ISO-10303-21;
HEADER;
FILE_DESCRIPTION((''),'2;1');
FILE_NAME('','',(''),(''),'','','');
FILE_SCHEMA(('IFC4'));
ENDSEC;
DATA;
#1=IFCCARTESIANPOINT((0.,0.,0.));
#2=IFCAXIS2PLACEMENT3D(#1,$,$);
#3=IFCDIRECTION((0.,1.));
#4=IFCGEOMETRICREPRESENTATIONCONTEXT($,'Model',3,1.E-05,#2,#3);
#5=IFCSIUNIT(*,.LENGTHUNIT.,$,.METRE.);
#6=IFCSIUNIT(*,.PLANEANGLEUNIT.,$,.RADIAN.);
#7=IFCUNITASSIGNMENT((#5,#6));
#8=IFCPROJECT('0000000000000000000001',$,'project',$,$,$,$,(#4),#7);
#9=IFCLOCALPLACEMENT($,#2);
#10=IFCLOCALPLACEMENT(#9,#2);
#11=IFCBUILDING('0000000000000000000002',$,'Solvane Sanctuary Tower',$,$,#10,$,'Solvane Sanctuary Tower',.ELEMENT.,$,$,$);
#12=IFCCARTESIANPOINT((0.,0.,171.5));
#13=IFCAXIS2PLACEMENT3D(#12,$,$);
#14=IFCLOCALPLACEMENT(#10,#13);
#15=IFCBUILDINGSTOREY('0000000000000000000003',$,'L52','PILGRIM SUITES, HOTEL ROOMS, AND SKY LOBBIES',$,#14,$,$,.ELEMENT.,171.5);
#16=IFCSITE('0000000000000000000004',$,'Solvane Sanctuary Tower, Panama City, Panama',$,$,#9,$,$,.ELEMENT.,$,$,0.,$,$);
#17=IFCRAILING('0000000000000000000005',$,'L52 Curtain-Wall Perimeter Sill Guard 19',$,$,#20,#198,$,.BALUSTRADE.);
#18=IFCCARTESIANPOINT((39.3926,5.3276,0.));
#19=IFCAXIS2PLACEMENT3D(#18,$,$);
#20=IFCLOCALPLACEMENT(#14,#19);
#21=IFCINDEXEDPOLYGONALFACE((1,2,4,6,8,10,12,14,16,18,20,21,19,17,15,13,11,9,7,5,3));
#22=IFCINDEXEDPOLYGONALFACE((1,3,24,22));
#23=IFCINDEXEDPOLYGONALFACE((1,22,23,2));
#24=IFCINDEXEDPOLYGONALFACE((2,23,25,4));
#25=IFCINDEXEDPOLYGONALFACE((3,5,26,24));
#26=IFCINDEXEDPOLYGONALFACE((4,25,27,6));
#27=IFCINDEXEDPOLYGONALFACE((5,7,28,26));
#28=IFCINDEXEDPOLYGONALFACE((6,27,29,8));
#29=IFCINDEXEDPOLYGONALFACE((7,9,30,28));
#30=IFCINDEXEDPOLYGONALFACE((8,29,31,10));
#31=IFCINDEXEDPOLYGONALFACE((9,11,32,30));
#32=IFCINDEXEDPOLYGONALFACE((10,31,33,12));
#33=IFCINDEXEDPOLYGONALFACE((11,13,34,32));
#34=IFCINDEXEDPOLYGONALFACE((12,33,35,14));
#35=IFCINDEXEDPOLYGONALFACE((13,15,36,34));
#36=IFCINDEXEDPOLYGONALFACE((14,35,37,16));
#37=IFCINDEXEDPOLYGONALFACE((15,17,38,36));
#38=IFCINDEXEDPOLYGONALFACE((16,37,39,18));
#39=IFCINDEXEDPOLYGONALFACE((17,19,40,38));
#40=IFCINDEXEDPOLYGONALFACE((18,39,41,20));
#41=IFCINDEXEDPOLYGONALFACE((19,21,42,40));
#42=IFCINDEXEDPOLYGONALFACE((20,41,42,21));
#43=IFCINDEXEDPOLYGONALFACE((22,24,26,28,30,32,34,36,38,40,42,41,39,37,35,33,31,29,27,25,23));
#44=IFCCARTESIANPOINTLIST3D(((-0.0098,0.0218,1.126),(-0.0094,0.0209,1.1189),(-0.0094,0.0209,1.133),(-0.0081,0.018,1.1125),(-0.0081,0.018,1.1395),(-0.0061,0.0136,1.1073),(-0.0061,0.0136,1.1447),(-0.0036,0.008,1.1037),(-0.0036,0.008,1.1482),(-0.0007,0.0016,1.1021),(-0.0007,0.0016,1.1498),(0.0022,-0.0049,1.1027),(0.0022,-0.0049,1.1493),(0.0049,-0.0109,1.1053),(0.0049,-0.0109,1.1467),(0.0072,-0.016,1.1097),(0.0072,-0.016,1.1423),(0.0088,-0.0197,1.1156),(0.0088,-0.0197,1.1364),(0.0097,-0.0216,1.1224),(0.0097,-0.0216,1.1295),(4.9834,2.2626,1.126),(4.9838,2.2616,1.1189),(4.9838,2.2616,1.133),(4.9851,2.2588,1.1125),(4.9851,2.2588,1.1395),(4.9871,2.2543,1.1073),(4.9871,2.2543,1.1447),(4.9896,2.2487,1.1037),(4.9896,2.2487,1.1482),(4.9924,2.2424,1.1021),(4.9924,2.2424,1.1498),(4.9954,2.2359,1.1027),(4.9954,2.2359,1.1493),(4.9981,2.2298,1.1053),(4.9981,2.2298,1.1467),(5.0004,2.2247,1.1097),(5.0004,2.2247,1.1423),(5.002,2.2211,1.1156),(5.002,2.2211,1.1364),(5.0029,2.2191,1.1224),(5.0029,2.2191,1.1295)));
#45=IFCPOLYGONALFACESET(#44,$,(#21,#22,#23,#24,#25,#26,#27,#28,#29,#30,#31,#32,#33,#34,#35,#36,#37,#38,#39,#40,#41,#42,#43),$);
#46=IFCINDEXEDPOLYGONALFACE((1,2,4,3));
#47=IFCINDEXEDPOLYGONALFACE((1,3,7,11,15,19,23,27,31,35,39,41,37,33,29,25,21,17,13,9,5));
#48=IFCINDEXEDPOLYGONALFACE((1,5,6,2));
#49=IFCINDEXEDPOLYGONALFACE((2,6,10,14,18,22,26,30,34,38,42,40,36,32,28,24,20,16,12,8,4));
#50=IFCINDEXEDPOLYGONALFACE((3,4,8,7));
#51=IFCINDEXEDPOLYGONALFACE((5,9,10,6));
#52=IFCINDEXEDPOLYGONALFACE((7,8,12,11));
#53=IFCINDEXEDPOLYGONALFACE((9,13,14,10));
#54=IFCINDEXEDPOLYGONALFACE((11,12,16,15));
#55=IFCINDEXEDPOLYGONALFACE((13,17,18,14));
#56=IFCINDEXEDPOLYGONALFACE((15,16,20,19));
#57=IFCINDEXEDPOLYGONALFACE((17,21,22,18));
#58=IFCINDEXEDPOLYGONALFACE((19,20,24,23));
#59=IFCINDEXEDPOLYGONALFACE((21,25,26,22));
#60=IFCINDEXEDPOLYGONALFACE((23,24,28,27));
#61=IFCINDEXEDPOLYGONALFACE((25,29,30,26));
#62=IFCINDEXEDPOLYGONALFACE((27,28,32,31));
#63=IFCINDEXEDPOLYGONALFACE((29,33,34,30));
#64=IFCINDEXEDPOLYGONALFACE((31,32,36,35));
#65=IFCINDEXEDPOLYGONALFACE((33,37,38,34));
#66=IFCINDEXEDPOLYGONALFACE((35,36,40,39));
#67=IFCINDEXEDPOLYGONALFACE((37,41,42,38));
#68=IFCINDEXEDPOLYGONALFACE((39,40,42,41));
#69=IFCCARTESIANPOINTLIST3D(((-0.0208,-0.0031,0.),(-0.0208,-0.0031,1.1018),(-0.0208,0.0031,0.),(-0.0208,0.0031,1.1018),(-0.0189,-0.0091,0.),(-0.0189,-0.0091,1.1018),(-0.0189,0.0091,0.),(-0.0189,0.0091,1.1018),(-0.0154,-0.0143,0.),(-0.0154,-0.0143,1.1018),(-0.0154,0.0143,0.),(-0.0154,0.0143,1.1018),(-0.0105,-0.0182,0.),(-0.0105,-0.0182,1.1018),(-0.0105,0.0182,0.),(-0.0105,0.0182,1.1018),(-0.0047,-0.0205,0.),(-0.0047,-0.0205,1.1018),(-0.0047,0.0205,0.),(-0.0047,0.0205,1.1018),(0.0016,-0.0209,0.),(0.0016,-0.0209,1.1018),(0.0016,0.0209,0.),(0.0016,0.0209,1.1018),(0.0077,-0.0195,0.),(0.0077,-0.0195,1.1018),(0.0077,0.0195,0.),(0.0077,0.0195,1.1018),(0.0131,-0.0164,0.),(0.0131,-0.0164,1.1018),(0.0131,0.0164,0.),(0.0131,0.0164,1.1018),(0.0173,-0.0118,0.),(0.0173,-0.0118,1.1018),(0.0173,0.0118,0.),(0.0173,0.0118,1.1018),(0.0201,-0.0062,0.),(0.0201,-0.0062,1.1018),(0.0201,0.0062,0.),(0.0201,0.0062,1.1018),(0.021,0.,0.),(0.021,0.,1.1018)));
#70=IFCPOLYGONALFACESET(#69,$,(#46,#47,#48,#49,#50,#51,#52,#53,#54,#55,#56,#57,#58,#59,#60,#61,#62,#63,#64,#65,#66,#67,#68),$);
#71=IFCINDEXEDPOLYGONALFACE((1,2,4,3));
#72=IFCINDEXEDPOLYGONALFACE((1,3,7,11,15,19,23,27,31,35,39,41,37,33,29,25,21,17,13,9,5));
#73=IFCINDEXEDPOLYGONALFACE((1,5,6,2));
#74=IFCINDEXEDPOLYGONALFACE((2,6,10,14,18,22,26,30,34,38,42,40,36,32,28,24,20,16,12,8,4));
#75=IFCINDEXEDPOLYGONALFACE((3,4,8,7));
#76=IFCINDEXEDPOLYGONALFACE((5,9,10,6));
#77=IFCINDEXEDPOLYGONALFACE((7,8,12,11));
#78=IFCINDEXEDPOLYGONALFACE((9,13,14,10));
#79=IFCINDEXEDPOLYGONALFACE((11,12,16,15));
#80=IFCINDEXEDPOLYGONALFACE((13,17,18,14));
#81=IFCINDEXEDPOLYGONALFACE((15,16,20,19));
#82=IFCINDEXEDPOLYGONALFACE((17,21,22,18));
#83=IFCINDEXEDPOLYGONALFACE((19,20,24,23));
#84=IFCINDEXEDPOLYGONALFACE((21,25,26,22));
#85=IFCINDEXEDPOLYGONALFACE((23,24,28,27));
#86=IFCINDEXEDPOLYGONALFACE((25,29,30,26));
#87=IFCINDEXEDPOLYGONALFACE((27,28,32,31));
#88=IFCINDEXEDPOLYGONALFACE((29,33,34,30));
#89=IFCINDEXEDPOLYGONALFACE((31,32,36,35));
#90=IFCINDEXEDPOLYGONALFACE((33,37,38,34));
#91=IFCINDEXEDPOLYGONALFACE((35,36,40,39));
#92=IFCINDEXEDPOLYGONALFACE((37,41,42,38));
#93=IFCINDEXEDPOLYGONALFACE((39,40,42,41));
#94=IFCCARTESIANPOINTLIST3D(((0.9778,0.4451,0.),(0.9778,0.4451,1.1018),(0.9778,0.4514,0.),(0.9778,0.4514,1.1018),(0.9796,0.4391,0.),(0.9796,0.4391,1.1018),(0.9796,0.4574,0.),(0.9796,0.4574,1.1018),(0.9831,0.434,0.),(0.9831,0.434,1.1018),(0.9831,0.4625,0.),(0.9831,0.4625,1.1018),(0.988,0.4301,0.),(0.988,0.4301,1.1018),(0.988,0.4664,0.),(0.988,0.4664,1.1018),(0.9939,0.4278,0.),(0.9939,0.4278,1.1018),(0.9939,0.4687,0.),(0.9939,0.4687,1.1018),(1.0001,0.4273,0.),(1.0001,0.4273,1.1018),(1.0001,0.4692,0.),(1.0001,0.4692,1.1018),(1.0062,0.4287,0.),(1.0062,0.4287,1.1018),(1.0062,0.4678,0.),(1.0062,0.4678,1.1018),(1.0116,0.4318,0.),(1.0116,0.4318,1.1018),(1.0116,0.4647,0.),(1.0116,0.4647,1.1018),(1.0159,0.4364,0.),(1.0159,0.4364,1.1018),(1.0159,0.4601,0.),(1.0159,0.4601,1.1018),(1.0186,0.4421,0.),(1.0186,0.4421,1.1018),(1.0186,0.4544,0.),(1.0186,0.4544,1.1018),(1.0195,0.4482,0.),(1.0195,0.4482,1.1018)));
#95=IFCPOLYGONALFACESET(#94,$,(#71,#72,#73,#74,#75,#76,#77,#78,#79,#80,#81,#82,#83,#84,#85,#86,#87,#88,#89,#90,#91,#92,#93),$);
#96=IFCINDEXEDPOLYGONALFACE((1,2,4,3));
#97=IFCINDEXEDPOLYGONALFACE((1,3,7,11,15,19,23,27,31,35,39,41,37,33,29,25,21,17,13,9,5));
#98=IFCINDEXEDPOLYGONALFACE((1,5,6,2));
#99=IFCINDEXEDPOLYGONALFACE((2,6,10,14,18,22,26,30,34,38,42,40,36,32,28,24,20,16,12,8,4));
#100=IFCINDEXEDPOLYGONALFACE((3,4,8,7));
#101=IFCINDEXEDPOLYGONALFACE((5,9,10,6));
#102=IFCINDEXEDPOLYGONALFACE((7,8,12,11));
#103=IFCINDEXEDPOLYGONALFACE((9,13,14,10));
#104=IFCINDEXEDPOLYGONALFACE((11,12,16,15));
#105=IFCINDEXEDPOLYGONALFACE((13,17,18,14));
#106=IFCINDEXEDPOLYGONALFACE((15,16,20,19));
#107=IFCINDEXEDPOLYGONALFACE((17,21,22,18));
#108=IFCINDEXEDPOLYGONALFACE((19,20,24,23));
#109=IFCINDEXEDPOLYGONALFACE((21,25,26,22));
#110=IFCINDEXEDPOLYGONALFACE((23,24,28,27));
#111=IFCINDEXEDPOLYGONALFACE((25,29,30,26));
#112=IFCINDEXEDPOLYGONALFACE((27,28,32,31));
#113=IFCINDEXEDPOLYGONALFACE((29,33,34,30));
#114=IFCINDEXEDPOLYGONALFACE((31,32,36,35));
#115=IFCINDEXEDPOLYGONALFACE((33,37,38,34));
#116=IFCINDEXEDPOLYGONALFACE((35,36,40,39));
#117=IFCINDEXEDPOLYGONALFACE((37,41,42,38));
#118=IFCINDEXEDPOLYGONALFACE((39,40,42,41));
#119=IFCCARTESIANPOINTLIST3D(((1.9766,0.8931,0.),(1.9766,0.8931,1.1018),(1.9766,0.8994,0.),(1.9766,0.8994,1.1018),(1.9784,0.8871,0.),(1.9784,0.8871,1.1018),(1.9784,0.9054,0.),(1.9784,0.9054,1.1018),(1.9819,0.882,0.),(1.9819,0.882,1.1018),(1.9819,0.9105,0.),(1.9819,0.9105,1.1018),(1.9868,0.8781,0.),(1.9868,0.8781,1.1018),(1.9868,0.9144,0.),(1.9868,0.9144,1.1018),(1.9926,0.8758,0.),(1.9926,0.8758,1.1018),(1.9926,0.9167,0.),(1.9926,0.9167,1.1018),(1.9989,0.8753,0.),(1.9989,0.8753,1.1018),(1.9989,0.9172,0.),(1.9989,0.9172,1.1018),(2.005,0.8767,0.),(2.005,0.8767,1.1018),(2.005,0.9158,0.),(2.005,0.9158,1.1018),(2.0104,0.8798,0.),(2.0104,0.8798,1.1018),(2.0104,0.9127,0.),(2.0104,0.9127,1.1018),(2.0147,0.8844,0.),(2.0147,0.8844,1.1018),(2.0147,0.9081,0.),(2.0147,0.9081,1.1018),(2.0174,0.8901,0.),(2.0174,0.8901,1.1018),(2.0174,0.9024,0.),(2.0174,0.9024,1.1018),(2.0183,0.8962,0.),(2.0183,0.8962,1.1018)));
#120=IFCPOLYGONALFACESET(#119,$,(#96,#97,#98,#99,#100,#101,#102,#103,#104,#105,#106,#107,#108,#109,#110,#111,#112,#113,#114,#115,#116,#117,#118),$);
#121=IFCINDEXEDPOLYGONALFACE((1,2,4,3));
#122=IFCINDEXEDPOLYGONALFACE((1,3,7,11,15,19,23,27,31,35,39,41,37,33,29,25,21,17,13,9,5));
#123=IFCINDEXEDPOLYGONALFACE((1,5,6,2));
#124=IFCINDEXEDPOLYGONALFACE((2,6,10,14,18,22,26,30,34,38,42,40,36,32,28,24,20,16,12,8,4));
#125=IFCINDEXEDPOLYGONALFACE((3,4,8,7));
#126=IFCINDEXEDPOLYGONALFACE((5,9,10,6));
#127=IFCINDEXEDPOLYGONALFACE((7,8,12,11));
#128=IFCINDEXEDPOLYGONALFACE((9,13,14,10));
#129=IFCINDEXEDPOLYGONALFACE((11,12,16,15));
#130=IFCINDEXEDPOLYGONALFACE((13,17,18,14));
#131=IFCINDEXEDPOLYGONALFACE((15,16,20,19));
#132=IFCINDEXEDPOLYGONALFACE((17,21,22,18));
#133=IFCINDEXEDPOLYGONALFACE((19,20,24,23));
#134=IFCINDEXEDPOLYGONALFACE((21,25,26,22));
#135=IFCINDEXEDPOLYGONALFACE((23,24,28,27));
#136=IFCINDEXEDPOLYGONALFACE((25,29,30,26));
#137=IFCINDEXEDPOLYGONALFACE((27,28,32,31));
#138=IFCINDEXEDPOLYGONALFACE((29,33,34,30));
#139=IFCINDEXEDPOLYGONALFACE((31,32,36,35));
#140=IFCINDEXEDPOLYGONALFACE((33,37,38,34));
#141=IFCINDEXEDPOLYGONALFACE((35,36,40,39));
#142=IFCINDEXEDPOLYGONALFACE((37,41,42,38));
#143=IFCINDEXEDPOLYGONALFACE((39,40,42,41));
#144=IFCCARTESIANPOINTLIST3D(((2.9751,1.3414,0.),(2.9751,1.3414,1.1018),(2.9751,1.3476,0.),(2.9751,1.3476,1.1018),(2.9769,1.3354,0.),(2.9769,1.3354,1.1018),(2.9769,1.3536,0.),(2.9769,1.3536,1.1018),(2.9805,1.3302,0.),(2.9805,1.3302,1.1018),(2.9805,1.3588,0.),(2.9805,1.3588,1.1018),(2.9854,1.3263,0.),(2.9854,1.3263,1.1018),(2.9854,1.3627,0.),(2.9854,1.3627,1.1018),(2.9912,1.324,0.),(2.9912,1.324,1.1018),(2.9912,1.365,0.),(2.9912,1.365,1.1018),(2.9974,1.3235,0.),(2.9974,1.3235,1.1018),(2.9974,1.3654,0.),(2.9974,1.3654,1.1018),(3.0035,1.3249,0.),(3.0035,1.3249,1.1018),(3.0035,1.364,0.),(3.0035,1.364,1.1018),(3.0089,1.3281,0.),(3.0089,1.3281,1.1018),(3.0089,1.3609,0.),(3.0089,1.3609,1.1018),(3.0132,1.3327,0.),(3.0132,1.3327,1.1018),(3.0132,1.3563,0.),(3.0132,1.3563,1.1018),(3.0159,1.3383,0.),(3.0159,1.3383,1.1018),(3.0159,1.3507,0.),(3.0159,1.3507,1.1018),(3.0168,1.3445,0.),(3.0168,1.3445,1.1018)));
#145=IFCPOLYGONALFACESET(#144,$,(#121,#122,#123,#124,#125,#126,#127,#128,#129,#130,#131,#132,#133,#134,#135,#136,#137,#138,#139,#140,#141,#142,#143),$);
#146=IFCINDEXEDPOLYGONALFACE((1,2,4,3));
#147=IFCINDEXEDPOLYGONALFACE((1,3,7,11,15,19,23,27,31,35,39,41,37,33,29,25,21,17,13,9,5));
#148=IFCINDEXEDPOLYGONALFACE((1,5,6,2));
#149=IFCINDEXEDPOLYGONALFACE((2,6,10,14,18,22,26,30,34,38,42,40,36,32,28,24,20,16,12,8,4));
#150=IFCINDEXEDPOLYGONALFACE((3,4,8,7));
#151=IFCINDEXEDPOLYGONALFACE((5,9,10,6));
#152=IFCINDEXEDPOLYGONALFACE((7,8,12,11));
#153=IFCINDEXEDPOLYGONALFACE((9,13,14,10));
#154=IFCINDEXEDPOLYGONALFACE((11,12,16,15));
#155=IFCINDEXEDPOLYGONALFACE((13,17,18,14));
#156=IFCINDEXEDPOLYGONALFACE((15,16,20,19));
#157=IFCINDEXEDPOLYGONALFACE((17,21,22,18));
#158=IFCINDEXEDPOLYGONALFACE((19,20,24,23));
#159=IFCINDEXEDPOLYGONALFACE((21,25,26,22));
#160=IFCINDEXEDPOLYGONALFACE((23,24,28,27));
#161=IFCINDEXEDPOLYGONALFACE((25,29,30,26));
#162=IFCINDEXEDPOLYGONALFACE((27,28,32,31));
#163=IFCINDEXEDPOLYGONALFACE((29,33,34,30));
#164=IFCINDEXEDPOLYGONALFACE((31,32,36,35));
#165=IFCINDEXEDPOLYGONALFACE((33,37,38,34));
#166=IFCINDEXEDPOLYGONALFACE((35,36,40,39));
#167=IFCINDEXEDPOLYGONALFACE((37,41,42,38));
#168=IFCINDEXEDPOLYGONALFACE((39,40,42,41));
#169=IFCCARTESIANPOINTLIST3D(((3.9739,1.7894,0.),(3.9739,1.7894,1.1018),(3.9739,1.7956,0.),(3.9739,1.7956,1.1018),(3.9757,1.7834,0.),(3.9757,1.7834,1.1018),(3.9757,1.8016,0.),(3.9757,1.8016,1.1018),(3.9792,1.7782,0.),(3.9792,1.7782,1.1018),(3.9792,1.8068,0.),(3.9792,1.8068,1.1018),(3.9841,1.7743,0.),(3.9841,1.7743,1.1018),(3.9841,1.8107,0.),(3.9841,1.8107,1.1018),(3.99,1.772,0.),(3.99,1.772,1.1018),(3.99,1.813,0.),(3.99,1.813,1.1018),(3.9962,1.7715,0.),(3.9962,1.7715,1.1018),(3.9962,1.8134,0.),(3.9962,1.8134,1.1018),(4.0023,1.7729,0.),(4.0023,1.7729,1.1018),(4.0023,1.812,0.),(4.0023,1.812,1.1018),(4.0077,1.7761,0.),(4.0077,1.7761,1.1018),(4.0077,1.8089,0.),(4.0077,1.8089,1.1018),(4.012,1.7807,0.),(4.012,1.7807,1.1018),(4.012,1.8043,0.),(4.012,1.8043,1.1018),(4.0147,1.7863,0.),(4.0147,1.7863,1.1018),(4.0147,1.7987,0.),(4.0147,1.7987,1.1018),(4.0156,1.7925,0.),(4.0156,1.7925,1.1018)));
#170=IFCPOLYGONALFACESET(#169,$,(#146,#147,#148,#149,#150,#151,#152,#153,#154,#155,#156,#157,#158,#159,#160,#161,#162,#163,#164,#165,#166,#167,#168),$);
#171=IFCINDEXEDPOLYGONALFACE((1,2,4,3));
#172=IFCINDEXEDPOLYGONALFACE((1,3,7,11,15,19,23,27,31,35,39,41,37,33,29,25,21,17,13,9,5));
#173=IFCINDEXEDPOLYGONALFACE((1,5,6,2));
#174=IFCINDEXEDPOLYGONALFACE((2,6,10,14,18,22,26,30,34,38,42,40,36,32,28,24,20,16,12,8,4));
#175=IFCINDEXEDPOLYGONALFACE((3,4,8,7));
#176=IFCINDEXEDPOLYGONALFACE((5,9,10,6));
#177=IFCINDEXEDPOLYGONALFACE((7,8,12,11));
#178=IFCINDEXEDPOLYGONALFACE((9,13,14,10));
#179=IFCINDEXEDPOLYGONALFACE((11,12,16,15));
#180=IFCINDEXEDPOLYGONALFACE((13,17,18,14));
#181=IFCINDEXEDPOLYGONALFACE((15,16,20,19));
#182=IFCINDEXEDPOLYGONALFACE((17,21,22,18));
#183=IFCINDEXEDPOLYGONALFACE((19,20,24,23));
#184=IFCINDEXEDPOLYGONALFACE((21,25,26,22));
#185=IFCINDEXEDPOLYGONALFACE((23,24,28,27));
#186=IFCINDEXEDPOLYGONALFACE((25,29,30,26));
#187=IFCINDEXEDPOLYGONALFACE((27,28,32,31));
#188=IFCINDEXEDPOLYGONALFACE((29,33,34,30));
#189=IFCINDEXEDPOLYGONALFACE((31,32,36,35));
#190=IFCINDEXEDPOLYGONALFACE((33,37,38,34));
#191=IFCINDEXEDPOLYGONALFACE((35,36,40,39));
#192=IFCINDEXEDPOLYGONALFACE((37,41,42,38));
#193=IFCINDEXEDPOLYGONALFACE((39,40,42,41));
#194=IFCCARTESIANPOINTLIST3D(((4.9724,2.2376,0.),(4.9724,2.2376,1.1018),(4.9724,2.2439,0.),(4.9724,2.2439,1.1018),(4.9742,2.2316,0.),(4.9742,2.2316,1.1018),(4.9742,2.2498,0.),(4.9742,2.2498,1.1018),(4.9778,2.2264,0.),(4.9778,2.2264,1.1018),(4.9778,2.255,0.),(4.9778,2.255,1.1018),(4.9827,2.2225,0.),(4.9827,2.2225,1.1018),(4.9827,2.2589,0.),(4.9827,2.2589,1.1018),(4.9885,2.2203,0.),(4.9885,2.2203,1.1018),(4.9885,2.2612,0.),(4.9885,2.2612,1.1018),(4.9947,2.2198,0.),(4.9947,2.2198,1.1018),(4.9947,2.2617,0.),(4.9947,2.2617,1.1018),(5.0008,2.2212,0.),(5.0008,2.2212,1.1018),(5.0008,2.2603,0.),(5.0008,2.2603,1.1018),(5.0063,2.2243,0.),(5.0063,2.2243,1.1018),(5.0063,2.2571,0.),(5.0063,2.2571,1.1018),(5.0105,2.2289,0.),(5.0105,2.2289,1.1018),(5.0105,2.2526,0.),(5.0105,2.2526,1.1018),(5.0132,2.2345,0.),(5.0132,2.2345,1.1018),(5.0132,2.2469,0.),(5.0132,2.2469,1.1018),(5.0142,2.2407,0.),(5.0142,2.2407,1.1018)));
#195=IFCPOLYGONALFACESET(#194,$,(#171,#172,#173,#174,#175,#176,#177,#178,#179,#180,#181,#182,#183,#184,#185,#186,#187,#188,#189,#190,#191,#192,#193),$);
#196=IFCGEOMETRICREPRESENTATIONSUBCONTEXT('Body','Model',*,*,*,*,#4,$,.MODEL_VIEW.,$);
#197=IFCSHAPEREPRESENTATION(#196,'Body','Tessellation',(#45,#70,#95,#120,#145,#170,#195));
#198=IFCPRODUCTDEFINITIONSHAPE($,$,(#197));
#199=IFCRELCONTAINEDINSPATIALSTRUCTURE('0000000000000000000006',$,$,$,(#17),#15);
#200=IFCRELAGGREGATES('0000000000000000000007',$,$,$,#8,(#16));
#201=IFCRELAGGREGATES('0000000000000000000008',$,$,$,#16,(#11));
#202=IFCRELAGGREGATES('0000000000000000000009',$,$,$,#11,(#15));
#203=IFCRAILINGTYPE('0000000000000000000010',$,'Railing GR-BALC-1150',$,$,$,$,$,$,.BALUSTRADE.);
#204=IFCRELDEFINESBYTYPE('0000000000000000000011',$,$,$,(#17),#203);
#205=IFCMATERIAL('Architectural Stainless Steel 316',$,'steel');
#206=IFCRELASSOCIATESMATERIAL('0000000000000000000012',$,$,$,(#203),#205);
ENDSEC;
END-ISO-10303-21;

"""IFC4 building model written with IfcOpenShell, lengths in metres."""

from ifc_helpers import new_model, si_unit, direction, frame, origin, origin_2d, place, context, subcontext, project, spatial, circle, extrude, material, type_object, element, save


model = new_model("IFC4")

# Units and contexts
model_context = context("Model", 3, precision=1e-05, world=origin(), true_north=direction((0.0, 1.0)))
body_context = subcontext(model_context, "Body", "Model", "MODEL_VIEW")
ifc_project = project(units=[si_unit("LENGTHUNIT", "METRE"), si_unit("PLANEANGLEUNIT", "RADIAN")], contexts=[model_context])

# Site, building, storey
site_placement = place(None, origin())
site = spatial("IfcSite", under=ifc_project, at=site_placement, Name="Solvane Sanctuary Tower, Panama City, Panama", CompositionType="ELEMENT", RefElevation=0.0)
building_placement = place(site_placement, origin())
building = spatial("IfcBuilding", under=site, at=building_placement, Name="Solvane Sanctuary Tower", LongName="Solvane Sanctuary Tower", CompositionType="ELEMENT")
storey_placement = place(building_placement, frame((0.0, 0.0, 171.5)))
storey = spatial("IfcBuildingStorey", under=building, at=storey_placement, Name="L52", Description="PILGRIM SUITES, HOTEL ROOMS, AND SKY LOBBIES", CompositionType="ELEMENT", Elevation=171.5)

# Railing
ifc_material_1 = material(Name="Architectural Stainless Steel 316", Category="steel")
railing_type = type_object("IfcRailingType", Name="Railing GR-BALC-1150", PredefinedType="BALUSTRADE", material=ifc_material_1)
railing_placement = place(storey_placement, frame((39.3926, 5.3276, 0.0)))
element("IfcRailing", 1, at=railing_placement, inside=storey, type_object=railing_type, Name="L52 Curtain-Wall Perimeter Sill Guard 19", PredefinedType="BALUSTRADE", context=body_context, shape_type="SweptSolid", body=[
    extrude(circle(Radius=0.0239, at=origin_2d()), frame((0.0, 0.0, 1.126), z_axis=(0.912345, 0.409422, 0.0), x_axis=(-0.409422, 0.912345, 0.0)), (0.0, 0.0, 1.0), 5.4729),
    extrude(circle(Radius=0.021, at=origin_2d()), origin(), (0.0, 0.0, 1.0), 1.1018),
    extrude(circle(Radius=0.021, at=origin_2d()), frame((0.9985, 0.4482, 0.0)), (0.0, 0.0, 1.0), 1.1018),
    extrude(circle(Radius=0.021, at=origin_2d()), frame((1.9973, 0.8962, 0.0)), (0.0, 0.0, 1.0), 1.1018),
    extrude(circle(Radius=0.021, at=origin_2d()), frame((2.9958, 1.3445, 0.0)), (0.0, 0.0, 1.0), 1.1018),
    extrude(circle(Radius=0.021, at=origin_2d()), frame((3.9946, 1.7925, 0.0)), (0.0, 0.0, 1.0), 1.1018),
    extrude(circle(Radius=0.021, at=origin_2d()), frame((4.9932, 2.2407, 0.0)), (0.0, 0.0, 1.0), 1.1018),
])

save(model, "model.ifc")
